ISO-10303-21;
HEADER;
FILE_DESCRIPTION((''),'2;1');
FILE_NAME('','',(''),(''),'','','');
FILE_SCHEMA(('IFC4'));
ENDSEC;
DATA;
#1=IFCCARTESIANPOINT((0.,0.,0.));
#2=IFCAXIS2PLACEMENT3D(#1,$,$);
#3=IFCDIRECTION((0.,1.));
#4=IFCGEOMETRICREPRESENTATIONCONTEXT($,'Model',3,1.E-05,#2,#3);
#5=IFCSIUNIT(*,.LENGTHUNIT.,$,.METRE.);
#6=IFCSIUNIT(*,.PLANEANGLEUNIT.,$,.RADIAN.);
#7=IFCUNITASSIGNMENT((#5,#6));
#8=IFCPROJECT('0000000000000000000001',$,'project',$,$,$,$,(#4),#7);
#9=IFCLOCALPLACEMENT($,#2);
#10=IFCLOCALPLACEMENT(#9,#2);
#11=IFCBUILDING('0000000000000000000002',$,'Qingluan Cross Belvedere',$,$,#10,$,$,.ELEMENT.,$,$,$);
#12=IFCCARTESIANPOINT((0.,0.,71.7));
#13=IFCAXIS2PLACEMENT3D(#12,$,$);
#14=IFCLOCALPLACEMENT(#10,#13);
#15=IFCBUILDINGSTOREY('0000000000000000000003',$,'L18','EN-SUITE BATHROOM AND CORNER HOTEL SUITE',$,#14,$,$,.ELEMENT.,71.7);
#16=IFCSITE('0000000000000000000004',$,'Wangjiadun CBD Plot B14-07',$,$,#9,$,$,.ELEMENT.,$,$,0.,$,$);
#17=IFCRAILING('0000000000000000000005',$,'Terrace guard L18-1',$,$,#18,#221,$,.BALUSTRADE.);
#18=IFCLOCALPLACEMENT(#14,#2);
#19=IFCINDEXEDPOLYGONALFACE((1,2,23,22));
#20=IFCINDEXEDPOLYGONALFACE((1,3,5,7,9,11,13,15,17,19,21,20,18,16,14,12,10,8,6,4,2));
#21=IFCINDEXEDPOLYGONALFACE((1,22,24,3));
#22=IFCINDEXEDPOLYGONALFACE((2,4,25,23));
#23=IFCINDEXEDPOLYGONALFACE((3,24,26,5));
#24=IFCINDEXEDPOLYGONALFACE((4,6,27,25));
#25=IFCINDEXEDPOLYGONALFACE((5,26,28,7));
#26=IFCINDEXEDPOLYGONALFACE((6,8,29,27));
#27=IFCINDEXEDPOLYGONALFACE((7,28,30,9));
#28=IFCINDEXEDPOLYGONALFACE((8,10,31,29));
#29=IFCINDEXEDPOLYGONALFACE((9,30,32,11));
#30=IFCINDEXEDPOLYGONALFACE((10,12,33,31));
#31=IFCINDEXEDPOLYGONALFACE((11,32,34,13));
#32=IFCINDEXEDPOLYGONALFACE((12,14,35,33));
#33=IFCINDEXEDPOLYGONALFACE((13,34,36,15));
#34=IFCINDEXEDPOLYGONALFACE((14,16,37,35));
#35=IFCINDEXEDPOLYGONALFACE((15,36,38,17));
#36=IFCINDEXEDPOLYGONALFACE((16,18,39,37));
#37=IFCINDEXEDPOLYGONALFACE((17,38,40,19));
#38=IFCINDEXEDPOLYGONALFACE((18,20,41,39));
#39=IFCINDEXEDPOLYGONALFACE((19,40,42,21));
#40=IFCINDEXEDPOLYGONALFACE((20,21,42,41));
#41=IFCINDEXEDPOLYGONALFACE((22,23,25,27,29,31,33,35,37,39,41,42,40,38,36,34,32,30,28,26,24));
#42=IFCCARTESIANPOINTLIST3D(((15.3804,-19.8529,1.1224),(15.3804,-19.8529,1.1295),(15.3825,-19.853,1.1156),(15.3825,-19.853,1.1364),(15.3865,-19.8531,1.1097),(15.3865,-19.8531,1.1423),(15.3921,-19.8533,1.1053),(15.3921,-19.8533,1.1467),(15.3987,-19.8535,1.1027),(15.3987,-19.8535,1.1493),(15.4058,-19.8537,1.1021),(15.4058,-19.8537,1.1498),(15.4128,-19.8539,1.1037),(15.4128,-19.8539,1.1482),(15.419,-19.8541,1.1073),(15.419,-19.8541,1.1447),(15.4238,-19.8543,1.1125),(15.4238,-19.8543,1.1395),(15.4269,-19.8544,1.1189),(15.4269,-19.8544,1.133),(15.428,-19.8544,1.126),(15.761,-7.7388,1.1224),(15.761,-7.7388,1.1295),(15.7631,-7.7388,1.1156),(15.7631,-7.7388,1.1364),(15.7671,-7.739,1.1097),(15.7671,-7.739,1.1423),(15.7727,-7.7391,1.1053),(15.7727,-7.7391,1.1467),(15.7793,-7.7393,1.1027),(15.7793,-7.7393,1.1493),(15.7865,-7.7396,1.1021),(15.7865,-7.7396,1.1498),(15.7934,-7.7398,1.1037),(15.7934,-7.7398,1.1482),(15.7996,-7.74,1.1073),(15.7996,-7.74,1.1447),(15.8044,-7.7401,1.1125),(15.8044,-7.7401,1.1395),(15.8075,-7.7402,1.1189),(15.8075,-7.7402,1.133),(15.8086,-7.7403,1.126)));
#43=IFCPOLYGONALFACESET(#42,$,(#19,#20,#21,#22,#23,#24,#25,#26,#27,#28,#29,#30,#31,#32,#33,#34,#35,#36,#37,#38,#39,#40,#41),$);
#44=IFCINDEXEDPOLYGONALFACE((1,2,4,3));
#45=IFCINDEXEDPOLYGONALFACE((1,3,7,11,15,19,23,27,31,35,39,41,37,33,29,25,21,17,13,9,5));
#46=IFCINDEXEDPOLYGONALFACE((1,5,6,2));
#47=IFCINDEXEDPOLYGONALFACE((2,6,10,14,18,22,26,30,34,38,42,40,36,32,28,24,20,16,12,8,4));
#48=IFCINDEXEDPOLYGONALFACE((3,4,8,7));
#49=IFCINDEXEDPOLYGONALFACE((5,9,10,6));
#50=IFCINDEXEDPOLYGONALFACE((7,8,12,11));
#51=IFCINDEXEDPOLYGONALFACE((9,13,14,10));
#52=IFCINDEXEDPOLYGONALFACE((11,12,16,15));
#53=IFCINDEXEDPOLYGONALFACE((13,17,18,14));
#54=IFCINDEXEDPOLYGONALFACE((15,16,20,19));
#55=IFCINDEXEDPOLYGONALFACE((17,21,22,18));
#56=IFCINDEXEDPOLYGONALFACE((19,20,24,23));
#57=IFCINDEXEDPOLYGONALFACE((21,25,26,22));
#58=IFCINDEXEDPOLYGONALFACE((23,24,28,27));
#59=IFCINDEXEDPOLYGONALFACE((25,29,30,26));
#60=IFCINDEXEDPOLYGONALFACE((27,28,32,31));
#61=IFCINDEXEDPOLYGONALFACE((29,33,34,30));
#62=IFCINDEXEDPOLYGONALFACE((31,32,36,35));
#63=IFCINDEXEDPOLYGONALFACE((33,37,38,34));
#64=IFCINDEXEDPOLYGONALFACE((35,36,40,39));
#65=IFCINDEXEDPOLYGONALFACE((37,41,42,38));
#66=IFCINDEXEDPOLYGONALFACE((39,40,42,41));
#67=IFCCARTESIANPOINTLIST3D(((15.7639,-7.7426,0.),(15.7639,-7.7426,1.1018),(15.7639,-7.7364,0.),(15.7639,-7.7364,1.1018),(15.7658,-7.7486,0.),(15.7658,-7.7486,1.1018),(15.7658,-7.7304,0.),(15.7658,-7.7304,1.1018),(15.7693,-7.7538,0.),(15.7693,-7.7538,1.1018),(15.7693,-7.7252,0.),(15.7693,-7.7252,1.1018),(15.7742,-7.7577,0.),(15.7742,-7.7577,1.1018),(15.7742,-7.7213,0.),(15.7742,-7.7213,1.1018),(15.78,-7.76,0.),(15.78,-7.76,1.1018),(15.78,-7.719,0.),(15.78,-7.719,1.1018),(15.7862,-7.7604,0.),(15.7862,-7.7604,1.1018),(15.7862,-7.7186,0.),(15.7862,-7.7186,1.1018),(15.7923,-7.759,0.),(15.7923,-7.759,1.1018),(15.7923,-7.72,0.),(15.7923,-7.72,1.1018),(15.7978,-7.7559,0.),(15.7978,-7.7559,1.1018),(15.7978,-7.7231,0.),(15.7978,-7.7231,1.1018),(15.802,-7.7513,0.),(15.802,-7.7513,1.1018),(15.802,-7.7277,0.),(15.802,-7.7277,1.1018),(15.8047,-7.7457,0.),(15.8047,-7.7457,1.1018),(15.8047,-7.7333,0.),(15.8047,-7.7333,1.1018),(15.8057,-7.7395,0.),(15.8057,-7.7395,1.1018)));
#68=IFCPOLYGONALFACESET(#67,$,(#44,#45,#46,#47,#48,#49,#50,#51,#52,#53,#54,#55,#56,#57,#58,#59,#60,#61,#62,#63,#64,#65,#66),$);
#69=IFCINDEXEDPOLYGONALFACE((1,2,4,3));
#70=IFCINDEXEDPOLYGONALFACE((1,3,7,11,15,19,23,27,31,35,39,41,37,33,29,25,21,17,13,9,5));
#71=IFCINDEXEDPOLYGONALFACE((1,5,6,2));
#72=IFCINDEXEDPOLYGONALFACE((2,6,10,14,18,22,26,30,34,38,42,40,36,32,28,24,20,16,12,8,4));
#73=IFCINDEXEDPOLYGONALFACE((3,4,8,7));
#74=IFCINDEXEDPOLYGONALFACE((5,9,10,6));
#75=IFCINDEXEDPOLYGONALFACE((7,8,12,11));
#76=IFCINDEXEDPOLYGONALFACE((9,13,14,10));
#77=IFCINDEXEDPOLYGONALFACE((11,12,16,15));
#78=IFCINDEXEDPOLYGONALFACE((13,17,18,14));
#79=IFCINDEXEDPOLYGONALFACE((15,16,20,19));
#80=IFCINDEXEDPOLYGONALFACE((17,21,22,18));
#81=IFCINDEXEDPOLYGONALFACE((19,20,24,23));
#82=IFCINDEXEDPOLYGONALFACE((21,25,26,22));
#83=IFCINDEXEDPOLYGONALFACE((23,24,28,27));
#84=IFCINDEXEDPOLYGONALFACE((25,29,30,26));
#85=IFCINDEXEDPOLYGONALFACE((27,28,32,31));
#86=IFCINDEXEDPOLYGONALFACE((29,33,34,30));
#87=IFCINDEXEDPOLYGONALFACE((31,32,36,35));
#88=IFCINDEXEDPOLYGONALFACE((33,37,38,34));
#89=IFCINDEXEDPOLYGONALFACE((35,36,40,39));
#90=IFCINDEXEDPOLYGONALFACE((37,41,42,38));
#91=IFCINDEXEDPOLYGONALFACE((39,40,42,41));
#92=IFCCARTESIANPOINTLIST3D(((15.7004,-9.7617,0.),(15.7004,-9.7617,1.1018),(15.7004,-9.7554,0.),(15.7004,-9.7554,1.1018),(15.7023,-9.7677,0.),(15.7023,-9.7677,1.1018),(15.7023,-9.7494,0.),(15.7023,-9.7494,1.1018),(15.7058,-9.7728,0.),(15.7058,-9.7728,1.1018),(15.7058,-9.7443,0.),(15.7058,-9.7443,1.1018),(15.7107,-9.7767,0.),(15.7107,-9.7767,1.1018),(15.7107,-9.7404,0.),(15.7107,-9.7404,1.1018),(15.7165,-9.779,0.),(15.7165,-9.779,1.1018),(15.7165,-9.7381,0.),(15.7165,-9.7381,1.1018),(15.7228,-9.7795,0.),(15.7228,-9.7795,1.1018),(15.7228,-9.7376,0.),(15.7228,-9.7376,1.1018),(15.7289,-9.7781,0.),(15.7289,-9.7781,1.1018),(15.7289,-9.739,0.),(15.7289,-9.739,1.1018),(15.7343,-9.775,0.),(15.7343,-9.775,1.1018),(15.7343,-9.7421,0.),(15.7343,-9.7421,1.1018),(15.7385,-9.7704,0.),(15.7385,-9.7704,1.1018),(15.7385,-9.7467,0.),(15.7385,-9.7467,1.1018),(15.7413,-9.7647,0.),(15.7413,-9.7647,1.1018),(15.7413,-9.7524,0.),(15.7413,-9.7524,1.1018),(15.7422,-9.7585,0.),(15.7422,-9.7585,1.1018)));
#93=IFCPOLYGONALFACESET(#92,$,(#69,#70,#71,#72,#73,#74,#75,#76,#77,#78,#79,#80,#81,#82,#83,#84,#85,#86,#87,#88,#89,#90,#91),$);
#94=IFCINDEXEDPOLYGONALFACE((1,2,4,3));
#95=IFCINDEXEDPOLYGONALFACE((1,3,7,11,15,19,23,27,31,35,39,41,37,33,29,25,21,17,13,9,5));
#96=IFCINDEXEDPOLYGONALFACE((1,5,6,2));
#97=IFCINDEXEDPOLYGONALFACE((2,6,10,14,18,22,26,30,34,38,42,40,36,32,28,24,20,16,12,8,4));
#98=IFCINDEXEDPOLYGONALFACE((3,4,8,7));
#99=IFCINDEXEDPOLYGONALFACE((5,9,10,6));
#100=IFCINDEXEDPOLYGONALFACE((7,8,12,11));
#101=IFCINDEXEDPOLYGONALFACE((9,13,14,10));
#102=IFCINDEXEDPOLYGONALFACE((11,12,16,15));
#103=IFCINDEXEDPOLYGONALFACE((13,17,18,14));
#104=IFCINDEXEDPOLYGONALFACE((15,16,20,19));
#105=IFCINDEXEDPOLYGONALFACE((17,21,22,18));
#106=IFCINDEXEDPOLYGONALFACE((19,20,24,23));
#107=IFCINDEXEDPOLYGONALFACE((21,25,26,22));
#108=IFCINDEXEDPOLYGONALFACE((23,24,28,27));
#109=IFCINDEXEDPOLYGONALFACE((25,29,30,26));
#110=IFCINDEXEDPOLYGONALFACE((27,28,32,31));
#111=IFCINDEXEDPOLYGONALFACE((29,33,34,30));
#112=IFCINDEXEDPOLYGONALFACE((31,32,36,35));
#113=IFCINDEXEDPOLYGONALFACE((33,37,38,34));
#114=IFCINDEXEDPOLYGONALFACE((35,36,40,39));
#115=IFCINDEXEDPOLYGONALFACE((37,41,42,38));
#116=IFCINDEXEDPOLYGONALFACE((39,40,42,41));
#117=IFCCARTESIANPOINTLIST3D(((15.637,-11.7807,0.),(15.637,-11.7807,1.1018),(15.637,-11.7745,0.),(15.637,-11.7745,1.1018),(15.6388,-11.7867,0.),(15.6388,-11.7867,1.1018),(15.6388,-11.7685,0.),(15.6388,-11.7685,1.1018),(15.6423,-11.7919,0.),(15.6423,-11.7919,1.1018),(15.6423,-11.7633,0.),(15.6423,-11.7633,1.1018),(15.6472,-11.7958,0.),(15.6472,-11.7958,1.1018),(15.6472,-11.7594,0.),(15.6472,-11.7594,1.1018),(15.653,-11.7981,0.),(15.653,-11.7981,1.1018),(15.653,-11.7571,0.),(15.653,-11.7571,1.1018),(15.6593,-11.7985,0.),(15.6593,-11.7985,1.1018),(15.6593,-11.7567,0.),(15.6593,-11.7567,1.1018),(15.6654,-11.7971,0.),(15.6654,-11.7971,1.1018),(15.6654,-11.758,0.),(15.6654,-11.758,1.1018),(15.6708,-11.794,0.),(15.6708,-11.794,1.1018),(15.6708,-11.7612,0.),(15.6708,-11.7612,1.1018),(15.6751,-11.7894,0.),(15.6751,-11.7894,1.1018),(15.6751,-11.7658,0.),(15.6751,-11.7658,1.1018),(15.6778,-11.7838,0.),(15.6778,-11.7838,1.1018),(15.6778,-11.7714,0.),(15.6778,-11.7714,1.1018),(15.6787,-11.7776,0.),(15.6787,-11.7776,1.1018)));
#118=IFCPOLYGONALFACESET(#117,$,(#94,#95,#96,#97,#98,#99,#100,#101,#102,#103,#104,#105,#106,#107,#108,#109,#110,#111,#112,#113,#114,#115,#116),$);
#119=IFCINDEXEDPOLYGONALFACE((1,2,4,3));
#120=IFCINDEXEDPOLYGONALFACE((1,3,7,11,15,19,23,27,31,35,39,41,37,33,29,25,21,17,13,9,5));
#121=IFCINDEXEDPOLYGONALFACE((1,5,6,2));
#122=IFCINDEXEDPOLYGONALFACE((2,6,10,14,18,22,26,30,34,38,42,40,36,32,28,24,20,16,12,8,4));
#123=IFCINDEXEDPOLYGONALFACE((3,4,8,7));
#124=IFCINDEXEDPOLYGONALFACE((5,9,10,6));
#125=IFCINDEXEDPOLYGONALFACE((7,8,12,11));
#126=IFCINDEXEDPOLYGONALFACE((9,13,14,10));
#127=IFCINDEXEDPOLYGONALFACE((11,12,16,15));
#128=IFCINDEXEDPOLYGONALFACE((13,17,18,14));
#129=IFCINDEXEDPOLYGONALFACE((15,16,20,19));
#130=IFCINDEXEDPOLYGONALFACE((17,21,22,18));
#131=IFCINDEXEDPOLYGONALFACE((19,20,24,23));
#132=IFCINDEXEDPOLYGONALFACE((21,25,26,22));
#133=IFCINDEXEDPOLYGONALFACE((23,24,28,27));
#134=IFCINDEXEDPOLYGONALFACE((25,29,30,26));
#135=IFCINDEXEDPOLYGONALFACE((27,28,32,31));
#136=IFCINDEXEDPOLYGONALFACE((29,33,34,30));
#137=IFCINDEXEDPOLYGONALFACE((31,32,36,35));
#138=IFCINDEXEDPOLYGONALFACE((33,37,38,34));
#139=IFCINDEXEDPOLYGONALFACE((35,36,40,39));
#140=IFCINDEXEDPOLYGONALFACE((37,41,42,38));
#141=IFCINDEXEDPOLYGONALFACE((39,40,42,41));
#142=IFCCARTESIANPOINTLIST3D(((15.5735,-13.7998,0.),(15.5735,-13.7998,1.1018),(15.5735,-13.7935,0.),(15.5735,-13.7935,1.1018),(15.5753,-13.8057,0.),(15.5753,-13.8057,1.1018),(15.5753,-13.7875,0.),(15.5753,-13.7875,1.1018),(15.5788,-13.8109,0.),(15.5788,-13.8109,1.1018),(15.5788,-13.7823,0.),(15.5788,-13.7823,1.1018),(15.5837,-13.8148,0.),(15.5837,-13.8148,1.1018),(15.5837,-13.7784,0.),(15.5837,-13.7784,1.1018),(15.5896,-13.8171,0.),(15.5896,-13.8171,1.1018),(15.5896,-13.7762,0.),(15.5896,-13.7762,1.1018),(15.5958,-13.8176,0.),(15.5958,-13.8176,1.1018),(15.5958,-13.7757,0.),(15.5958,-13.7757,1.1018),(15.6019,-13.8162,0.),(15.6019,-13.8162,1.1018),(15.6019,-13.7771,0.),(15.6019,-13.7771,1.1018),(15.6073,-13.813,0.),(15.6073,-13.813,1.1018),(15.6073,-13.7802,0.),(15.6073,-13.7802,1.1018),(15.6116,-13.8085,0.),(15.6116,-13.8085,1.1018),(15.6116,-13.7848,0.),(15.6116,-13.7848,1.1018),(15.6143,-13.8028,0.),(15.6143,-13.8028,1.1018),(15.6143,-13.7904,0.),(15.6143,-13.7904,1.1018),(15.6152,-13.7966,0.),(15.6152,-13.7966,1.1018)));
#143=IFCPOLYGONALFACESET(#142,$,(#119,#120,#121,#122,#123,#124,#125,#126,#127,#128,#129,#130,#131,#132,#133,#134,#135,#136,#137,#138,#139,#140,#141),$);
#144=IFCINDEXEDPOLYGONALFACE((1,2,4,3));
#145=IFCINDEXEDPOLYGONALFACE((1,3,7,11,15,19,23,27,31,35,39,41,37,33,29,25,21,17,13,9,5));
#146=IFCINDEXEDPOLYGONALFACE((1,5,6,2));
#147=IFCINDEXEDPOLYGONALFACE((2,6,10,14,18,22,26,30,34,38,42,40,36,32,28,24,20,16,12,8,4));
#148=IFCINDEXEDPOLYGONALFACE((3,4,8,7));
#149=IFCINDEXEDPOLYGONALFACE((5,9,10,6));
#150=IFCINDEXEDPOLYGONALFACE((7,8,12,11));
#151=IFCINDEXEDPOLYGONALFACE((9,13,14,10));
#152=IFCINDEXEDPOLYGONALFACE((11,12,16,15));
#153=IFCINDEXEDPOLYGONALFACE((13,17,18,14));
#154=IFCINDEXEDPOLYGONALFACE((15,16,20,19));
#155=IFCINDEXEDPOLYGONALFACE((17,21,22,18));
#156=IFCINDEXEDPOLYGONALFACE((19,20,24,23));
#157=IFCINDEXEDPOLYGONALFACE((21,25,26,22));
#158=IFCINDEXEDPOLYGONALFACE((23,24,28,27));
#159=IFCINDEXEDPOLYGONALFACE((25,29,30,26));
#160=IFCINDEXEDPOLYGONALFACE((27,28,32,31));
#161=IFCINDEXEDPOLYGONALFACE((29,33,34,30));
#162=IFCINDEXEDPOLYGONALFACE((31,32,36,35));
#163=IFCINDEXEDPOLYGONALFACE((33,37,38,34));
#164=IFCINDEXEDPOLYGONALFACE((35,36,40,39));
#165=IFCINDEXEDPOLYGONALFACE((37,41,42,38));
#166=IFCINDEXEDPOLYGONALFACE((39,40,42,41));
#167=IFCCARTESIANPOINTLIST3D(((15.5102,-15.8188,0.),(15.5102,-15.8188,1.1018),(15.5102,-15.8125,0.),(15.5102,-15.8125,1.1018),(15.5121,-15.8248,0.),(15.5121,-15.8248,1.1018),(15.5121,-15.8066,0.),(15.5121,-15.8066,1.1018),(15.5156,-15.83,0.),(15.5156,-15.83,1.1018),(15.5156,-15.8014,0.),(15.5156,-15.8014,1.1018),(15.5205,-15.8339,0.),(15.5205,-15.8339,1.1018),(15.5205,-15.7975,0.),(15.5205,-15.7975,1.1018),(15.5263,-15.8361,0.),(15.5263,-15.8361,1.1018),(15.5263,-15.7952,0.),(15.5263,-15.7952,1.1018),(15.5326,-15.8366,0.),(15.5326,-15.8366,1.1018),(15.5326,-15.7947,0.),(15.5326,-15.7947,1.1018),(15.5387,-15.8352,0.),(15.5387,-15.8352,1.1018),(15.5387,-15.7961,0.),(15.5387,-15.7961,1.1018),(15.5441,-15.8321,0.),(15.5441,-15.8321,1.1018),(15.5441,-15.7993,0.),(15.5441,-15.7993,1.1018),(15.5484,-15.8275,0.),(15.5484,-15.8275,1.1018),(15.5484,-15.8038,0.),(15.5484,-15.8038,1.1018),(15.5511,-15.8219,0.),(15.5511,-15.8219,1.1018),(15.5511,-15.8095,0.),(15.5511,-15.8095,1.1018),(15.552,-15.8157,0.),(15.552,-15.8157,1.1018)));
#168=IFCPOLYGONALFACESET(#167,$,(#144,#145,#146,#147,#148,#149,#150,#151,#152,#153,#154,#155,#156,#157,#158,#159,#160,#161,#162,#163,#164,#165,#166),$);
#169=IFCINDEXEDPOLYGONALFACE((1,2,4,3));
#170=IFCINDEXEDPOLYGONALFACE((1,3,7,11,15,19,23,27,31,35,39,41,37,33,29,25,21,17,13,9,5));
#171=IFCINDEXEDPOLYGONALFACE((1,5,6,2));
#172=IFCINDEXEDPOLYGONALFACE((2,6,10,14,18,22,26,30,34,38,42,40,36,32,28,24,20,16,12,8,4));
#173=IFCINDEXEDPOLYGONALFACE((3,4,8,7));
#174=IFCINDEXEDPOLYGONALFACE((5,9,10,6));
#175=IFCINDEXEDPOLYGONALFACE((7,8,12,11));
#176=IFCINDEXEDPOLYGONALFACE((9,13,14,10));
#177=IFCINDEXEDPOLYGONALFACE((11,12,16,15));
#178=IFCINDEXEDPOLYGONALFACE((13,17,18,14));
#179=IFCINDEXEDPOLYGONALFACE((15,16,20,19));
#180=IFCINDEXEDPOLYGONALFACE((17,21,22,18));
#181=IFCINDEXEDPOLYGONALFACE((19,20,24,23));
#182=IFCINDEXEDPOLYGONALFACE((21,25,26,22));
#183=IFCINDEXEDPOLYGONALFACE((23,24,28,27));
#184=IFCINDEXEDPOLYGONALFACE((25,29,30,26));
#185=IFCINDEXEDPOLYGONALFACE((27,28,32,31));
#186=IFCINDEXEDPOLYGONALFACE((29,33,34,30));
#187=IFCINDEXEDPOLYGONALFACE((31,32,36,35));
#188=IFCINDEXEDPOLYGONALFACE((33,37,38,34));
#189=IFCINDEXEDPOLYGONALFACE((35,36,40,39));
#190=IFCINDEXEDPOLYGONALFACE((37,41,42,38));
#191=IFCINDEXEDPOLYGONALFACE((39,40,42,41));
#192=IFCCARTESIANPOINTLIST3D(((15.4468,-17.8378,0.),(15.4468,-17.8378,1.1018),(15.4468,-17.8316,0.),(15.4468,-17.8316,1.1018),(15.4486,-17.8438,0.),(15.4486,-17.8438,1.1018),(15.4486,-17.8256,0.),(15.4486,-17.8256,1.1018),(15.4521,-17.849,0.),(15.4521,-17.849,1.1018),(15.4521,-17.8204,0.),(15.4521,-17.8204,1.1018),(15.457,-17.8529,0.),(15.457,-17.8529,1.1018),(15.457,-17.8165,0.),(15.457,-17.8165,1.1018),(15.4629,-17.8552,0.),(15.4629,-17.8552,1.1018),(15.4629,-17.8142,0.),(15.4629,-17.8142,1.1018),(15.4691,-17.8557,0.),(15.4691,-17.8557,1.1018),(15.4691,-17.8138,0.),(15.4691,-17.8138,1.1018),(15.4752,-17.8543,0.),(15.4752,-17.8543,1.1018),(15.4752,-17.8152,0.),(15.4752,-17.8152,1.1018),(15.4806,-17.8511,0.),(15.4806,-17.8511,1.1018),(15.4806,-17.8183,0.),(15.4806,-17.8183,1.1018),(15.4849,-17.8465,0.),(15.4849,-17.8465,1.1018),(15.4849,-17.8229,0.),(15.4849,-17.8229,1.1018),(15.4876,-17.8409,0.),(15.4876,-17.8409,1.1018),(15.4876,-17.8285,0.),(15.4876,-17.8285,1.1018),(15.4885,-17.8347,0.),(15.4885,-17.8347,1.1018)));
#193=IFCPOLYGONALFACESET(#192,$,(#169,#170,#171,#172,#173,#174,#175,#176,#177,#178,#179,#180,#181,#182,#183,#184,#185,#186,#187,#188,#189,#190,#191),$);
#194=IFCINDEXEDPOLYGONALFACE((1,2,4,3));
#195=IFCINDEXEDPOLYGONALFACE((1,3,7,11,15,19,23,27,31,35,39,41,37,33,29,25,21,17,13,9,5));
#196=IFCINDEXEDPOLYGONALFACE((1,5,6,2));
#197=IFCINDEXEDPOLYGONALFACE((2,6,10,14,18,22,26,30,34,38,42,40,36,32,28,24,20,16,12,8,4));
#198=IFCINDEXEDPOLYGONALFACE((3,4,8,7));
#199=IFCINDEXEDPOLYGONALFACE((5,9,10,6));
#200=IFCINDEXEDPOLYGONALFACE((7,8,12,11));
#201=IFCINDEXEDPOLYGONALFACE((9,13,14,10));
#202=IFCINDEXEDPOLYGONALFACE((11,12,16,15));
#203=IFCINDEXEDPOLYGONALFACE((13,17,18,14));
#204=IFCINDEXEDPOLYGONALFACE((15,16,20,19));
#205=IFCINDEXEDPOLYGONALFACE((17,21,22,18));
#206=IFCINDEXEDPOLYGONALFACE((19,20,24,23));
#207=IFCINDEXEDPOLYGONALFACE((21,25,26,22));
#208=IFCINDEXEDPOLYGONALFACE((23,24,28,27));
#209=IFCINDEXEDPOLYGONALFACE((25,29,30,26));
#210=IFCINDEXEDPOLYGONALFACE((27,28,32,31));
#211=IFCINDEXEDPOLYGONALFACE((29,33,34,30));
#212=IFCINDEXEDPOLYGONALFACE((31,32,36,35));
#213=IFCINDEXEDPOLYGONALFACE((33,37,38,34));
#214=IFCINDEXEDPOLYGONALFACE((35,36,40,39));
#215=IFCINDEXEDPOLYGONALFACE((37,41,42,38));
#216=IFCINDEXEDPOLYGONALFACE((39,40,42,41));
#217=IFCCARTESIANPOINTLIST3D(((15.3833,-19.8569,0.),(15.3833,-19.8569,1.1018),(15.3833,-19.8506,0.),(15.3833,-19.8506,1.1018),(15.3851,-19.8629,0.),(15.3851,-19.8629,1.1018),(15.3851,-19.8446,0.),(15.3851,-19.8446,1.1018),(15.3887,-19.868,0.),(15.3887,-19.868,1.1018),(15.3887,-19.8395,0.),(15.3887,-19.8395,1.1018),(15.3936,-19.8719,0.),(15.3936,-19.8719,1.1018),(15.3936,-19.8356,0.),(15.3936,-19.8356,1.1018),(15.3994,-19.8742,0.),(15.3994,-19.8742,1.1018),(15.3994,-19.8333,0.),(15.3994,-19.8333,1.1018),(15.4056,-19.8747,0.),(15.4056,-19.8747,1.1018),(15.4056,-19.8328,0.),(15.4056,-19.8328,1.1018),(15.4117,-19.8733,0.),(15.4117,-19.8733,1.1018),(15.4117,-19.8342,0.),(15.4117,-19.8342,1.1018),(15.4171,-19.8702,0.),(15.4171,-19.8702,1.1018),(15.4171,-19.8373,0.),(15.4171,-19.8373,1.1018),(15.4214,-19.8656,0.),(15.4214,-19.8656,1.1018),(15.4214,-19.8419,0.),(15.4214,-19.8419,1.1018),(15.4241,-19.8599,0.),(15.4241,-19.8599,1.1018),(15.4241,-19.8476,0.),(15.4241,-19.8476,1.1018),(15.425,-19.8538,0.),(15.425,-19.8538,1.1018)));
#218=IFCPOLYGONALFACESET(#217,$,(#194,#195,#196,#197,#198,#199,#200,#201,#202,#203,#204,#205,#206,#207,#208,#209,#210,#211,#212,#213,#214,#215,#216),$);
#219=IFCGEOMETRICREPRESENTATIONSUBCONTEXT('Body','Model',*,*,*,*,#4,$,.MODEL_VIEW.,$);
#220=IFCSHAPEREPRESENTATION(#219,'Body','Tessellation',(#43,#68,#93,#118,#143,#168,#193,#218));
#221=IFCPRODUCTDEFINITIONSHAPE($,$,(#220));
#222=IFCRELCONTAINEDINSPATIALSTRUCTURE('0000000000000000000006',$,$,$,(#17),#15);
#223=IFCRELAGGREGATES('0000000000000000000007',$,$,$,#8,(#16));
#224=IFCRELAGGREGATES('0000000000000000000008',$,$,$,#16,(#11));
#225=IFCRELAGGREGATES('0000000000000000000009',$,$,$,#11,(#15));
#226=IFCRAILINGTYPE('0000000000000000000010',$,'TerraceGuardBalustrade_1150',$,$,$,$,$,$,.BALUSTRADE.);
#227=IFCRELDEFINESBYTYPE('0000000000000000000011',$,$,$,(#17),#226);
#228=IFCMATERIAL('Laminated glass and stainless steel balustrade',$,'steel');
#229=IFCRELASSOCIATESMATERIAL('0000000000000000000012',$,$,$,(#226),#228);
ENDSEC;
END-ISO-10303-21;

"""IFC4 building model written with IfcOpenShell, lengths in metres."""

from ifc_helpers import new_model, si_unit, direction, frame, origin, origin_2d, place, context, subcontext, project, spatial, circle, extrude, material, type_object, element, save


model = new_model("IFC4")

# Units and contexts
model_context = context("Model", 3, precision=1e-05, world=origin(), true_north=direction((0.0, 1.0)))
body_context = subcontext(model_context, "Body", "Model", "MODEL_VIEW")
ifc_project = project(units=[si_unit("LENGTHUNIT", "METRE"), si_unit("PLANEANGLEUNIT", "RADIAN")], contexts=[model_context])

# Site, building, storey
site_placement = place(None, origin())
site = spatial("IfcSite", under=ifc_project, at=site_placement, Name="Wangjiadun CBD Plot B14-07", CompositionType="ELEMENT", RefElevation=0.0)
building_placement = place(site_placement, origin())
building = spatial("IfcBuilding", under=site, at=building_placement, Name="Qingluan Cross Belvedere", CompositionType="ELEMENT")
storey_placement = place(building_placement, frame((0.0, 0.0, 71.7)))
storey = spatial("IfcBuildingStorey", under=building, at=storey_placement, Name="L18", Description="EN-SUITE BATHROOM AND CORNER HOTEL SUITE", CompositionType="ELEMENT", Elevation=71.7)

# Railing
ifc_material_1 = material(Name="Laminated glass and stainless steel balustrade", Category="steel")
railing_type = type_object("IfcRailingType", Name="TerraceGuardBalustrade_1150", PredefinedType="BALUSTRADE", material=ifc_material_1)
railing_1_placement = place(storey_placement, frame((15.7847, -7.7395, 0.0)))
element("IfcRailing", 1, at=railing_1_placement, inside=storey, type_object=railing_type, Name="Terrace guard L18-1", PredefinedType="BALUSTRADE", context=body_context, shape_type="SweptSolid", body=[
    extrude(circle(Radius=0.0239, at=origin_2d()), frame((0.0, 0.0, 1.126), z_axis=(-0.031403, -0.999507, 0.0), x_axis=(0.999507, -0.031403, 0.0)), (0.0, 0.0, 1.0), 12.1201),
    extrude(circle(Radius=0.021, at=origin_2d()), origin(), (0.0, 0.0, 1.0), 1.1018),
    extrude(circle(Radius=0.021, at=origin_2d()), frame((-0.0635, -2.019, 0.0)), (0.0, 0.0, 1.0), 1.1018),
    extrude(circle(Radius=0.021, at=origin_2d()), frame((-0.127, -4.0381, 0.0)), (0.0, 0.0, 1.0), 1.1018),
    extrude(circle(Radius=0.021, at=origin_2d()), frame((-0.1904, -6.0571, 0.0)), (0.0, 0.0, 1.0), 1.1018),
    extrude(circle(Radius=0.021, at=origin_2d()), frame((-0.2537, -8.0762, 0.0)), (0.0, 0.0, 1.0), 1.1018),
    extrude(circle(Radius=0.021, at=origin_2d()), frame((-0.3171, -10.0952, 0.0)), (0.0, 0.0, 1.0), 1.1018),
    extrude(circle(Radius=0.021, at=origin_2d()), frame((-0.3806, -12.1143, 0.0)), (0.0, 0.0, 1.0), 1.1018),
])

save(model, "model.ifc")
